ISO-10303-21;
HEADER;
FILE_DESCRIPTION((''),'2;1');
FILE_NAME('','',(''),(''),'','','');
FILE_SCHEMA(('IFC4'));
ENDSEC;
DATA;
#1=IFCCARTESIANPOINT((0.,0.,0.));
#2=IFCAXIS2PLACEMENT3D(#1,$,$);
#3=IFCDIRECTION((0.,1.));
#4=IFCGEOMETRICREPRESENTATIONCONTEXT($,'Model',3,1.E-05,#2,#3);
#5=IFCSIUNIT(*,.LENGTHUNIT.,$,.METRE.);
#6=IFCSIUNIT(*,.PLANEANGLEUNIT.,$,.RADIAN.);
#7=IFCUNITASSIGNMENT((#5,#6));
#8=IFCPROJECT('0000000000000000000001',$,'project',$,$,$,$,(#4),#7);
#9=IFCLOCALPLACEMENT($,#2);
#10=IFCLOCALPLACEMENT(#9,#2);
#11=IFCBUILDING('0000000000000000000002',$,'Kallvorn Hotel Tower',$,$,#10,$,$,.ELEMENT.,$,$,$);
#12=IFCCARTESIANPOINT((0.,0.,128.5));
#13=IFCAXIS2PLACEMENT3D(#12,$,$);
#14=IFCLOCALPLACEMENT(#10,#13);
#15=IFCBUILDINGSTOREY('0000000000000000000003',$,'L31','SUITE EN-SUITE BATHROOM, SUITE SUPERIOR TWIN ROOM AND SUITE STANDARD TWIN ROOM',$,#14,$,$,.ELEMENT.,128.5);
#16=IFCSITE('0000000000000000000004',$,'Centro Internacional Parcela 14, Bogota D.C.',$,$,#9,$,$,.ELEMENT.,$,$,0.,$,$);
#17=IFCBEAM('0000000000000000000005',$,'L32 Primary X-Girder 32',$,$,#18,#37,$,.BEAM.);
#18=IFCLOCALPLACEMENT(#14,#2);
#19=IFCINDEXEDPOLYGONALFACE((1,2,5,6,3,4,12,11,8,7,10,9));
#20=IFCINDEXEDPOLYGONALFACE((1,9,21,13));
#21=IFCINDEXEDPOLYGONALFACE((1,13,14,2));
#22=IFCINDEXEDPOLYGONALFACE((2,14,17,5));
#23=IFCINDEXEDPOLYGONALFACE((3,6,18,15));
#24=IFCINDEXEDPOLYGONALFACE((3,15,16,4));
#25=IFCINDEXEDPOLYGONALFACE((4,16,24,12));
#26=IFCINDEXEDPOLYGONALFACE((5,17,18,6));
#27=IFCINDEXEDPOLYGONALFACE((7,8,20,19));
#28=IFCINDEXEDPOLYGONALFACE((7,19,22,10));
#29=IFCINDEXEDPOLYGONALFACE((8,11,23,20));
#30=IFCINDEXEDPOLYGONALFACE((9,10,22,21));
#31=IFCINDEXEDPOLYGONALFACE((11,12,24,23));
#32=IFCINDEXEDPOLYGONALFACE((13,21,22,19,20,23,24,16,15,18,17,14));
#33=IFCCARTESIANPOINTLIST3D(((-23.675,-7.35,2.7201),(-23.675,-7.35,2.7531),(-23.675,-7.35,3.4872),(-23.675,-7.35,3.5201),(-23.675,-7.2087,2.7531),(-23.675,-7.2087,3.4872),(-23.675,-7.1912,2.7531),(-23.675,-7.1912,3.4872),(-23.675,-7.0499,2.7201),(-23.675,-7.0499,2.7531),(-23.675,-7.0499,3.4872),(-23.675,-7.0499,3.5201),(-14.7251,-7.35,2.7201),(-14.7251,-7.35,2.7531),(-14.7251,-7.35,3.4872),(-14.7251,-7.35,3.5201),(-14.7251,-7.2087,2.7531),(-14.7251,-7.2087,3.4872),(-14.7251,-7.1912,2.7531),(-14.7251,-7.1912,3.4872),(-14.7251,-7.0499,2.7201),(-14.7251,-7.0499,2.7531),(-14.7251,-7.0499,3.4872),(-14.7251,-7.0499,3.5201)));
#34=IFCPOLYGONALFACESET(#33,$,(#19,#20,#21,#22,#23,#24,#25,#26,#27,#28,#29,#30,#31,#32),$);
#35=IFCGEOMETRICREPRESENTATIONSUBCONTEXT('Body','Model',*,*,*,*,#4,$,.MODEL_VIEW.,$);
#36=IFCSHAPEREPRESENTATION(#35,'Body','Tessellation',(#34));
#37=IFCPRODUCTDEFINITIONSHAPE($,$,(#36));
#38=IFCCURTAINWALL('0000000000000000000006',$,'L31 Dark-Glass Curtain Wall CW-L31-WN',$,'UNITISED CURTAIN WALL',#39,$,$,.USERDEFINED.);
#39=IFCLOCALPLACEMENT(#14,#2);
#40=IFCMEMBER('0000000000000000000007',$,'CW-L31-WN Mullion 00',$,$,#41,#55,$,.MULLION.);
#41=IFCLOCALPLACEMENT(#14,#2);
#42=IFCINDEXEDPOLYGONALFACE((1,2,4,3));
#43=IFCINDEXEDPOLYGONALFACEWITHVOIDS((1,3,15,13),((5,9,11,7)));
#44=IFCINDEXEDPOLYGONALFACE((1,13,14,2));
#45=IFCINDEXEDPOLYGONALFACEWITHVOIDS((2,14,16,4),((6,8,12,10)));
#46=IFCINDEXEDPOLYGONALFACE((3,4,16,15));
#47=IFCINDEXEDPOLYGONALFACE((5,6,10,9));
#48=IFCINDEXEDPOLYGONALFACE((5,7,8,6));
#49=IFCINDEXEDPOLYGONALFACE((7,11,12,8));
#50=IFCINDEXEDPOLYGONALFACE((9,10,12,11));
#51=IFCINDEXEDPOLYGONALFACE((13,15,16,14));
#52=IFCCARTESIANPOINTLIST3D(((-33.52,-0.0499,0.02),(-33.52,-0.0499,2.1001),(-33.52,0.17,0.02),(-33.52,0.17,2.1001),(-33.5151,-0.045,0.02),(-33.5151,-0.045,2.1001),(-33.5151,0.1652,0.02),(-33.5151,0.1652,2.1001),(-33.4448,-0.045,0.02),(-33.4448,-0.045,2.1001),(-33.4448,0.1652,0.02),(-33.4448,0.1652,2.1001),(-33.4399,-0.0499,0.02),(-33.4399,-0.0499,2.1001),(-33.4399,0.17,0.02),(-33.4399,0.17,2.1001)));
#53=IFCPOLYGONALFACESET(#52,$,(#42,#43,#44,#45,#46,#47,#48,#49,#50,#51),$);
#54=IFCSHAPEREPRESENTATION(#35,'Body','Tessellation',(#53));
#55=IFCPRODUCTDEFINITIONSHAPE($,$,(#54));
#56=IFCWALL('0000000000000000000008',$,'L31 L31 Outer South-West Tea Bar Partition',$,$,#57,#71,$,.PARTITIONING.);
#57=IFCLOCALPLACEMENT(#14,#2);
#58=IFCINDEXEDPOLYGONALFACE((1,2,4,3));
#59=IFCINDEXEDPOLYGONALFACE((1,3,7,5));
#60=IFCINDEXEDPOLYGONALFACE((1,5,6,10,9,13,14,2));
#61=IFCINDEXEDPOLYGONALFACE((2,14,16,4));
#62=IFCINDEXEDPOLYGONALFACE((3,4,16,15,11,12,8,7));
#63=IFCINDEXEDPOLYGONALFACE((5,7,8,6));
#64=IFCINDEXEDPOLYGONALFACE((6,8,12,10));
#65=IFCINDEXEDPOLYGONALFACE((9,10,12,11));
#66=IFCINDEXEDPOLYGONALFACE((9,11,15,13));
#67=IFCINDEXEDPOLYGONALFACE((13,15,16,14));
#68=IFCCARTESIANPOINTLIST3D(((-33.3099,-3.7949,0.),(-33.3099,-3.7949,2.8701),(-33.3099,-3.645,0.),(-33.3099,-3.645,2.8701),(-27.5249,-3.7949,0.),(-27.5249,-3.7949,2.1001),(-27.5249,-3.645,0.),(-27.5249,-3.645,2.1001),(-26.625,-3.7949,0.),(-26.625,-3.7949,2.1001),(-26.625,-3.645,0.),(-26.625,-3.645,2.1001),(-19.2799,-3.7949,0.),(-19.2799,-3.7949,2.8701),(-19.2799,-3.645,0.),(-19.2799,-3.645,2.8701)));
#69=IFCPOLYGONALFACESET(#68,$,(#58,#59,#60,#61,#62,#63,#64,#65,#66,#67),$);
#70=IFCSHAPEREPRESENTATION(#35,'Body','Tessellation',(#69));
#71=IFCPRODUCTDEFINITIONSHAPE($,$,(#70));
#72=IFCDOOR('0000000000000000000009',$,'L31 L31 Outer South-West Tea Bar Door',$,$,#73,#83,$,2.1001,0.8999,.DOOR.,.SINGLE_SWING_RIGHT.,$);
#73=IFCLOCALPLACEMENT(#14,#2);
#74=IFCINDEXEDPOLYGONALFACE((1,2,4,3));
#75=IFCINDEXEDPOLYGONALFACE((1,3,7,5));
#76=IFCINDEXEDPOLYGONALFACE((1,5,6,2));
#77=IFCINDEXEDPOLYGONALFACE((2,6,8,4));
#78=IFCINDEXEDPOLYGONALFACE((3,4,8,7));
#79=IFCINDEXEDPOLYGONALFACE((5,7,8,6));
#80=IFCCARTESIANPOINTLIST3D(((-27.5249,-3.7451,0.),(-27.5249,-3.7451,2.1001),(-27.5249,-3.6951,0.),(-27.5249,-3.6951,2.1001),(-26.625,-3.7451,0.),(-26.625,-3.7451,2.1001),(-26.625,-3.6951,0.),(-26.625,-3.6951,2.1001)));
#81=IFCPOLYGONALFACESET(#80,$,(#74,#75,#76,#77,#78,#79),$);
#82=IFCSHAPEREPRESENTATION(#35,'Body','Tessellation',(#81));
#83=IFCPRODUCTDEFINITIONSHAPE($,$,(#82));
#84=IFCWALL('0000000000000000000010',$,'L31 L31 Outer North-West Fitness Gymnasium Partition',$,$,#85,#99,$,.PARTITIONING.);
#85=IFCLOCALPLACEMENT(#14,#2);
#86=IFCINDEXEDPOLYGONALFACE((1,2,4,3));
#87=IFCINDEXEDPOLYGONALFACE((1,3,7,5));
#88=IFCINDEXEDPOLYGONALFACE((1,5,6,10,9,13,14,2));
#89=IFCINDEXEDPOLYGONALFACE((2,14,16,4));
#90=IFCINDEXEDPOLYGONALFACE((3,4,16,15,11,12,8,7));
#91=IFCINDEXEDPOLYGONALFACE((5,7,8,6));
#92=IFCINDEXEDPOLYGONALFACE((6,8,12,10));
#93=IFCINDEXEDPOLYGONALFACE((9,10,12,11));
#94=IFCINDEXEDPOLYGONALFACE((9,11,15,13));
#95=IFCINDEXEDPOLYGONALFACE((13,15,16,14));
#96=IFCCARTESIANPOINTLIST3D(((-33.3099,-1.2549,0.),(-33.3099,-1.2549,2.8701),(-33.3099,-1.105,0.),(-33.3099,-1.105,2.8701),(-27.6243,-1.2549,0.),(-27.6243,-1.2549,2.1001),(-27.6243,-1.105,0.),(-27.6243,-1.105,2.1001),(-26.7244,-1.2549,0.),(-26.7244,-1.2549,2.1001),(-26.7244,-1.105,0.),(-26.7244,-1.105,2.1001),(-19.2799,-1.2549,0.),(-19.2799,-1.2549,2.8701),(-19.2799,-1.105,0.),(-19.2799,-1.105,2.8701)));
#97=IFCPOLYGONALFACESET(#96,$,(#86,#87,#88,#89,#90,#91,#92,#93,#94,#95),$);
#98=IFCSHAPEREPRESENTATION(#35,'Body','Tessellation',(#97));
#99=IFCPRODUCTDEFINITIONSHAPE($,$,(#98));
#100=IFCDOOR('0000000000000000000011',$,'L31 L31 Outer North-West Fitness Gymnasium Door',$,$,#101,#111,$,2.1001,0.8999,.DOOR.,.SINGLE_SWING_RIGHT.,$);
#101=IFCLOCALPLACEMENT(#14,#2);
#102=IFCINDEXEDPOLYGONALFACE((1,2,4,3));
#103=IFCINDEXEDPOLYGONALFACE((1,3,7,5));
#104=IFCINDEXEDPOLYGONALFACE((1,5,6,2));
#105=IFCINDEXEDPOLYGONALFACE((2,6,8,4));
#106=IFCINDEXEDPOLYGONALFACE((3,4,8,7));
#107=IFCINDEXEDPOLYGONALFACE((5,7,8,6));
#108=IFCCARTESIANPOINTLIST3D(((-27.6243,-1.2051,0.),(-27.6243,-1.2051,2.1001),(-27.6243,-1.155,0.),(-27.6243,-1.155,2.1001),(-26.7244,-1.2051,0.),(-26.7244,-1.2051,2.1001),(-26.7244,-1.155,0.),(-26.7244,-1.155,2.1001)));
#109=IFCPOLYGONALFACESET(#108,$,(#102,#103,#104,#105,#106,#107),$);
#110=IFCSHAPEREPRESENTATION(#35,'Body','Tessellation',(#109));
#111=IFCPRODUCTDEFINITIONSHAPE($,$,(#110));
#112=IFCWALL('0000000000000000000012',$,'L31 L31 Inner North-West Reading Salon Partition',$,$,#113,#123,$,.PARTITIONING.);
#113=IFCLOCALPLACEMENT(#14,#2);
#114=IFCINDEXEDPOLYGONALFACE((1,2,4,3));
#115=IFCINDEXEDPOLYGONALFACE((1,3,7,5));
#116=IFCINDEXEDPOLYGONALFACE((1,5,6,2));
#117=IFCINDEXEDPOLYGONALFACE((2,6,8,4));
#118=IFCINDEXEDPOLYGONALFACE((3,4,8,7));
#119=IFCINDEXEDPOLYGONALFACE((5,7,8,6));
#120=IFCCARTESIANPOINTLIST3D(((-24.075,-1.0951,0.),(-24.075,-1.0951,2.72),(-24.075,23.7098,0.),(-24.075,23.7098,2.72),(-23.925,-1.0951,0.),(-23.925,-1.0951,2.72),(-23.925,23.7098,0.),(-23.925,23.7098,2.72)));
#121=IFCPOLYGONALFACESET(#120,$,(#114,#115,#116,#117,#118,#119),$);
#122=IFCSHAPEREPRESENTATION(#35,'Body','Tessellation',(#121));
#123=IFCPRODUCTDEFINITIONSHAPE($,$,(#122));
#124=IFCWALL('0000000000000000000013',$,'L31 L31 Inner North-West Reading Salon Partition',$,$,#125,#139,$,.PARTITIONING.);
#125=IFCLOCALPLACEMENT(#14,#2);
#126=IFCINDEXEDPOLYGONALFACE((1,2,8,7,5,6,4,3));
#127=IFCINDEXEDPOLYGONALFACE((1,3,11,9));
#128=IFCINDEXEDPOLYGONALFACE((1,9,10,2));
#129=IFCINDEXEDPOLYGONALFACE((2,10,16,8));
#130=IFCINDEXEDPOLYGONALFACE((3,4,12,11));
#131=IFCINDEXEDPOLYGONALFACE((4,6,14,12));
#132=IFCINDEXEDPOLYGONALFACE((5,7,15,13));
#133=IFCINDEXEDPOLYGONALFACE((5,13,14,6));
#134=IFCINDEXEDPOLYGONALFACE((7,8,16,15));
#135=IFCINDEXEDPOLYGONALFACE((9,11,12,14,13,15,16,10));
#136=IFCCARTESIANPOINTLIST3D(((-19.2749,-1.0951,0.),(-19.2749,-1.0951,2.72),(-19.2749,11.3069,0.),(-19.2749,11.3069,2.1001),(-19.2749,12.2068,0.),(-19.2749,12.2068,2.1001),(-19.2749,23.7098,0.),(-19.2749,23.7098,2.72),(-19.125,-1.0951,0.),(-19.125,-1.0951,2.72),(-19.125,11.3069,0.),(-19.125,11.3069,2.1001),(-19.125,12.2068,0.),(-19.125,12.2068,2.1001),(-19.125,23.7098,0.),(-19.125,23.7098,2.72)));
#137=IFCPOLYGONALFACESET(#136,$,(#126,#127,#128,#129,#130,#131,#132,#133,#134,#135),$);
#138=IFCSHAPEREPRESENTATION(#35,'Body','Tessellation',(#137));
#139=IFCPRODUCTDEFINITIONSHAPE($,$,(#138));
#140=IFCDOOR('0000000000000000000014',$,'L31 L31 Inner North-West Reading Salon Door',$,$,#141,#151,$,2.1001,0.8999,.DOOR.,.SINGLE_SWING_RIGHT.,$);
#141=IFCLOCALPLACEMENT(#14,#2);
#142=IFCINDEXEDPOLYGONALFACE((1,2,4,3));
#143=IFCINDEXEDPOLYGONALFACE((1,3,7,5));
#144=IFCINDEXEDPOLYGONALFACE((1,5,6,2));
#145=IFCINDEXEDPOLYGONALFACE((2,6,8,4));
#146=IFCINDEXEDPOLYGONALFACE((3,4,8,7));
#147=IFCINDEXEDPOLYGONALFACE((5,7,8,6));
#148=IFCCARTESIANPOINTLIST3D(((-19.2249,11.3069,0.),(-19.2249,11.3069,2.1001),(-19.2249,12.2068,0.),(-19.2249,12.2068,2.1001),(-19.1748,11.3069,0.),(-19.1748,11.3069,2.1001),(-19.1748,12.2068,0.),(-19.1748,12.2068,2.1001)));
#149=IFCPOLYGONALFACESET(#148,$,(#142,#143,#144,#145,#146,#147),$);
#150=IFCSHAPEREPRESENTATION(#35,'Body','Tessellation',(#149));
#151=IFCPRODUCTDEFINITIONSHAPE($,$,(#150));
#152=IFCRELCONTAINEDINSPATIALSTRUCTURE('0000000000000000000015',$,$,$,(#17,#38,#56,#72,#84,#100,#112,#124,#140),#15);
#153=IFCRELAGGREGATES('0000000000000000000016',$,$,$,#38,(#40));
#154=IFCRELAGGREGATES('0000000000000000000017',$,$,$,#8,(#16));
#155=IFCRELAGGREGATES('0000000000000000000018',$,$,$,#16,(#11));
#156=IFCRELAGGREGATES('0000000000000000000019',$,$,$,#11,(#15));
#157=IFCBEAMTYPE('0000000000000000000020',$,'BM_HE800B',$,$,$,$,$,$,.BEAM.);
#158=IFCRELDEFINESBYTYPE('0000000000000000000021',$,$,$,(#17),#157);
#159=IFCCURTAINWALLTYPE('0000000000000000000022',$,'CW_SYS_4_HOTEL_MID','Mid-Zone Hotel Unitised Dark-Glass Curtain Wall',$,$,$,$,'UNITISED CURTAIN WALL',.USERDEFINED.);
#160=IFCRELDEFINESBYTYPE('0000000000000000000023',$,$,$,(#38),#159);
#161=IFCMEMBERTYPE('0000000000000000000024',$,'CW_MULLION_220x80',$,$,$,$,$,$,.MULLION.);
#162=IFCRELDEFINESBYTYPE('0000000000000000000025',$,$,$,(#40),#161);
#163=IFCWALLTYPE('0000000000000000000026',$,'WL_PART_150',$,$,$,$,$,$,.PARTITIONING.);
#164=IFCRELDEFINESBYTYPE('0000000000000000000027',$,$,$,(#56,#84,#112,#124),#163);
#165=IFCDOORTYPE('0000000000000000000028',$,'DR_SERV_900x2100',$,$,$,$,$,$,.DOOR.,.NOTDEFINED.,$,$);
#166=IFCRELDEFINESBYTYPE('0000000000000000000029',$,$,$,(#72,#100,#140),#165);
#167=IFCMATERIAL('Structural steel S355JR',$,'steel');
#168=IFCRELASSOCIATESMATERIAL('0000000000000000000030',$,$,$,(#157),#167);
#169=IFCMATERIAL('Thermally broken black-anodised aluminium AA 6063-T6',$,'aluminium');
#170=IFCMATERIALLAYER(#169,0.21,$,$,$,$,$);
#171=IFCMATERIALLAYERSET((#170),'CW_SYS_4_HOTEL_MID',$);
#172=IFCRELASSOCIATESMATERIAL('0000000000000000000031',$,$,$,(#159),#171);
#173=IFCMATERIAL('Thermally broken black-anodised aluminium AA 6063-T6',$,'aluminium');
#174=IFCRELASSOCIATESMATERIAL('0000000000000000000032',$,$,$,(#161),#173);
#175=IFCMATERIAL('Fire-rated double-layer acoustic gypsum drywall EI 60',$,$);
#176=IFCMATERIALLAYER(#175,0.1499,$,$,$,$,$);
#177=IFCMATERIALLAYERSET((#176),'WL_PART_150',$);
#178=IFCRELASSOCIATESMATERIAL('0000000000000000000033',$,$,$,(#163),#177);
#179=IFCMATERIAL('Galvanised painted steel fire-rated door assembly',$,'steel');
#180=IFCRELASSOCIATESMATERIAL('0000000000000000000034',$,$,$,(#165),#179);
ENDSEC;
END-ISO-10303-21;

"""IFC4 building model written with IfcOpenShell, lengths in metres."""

from ifc_helpers import new_model, si_unit, direction, frame, frame_2d, origin, origin_2d, place, context, subcontext, project, spatial, rectangle, hollow_rectangle, i_section, extrude, material, layer, layer_set, material_profile, profile_set, type_object, element, fill, aggregate, save


model = new_model("IFC4")

# Units and contexts
model_context = context("Model", 3, precision=1e-05, world=origin(), true_north=direction((0.0, 1.0)))
body_context = subcontext(model_context, "Body", "Model", "MODEL_VIEW")
ifc_project = project(units=[si_unit("LENGTHUNIT", "METRE"), si_unit("PLANEANGLEUNIT", "RADIAN")], contexts=[model_context])

# Site, building, storey
site_placement = place(None, origin())
site = spatial("IfcSite", under=ifc_project, at=site_placement, Name="Centro Internacional Parcela 14, Bogota D.C.", CompositionType="ELEMENT", RefElevation=0.0)
building_placement = place(site_placement, origin())
building = spatial("IfcBuilding", under=site, at=building_placement, Name="Kallvorn Hotel Tower", CompositionType="ELEMENT")
storey_placement = place(building_placement, frame((0.0, 0.0, 128.5)))
storey = spatial("IfcBuildingStorey", under=building, at=storey_placement, Name="L31", Description="SUITE EN-SUITE BATHROOM, SUITE SUPERIOR TWIN ROOM AND SUITE STANDARD TWIN ROOM", CompositionType="ELEMENT", Elevation=128.5)

# Beam
ifc_material_1 = material(Name="Structural steel S355JR", Category="steel")
ifc_material_profile_1 = material_profile(ifc_material_1, i_section(OverallWidth=0.3, OverallDepth=0.8, WebThickness=0.0176, FlangeThickness=0.033, at=origin_2d()), Name="HE 800 B")
ifc_profile_set_1 = profile_set([ifc_material_profile_1], Name="Structural steel S355JR")
beam_type_1 = type_object("IfcBeamType", Name="BM_HE800B", PredefinedType="BEAM", material=ifc_profile_set_1)
beam_1_placement = place(storey_placement, frame((-23.675, -7.2, 3.1201), z_axis=(1.0, 0.0, 0.0), x_axis=(0.0, 1.0, 0.0)))
element("IfcBeam", 1, at=beam_1_placement, inside=storey, type_object=beam_type_1, Name="L32 Primary X-Girder 32", PredefinedType="BEAM", context=body_context, shape_type="SweptSolid", body=[
    extrude(i_section(OverallWidth=0.3, OverallDepth=0.8, WebThickness=0.0176, FlangeThickness=0.033, at=origin_2d()), origin(), (0.0, 0.0, 1.0), 8.95),
])

# Curtain wall, member
ifc_material_2 = material(Name="Thermally broken black-anodised aluminium AA 6063-T6", Category="aluminium")
ifc_layer_1 = layer(ifc_material_2, 0.21)
ifc_layer_set_1 = layer_set([ifc_layer_1], Name="CW_SYS_4_HOTEL_MID")
curtain_wall_type = type_object("IfcCurtainWallType", Name="CW_SYS_4_HOTEL_MID", Description="Mid-Zone Hotel Unitised Dark-Glass Curtain Wall", ElementType="UNITISED CURTAIN WALL", PredefinedType="USERDEFINED", material=ifc_layer_set_1)
curtain_wall_placement = place(storey_placement, origin())
curtain_wall = element("IfcCurtainWall", 2, at=curtain_wall_placement, inside=storey, type_object=curtain_wall_type, Name="L31 Dark-Glass Curtain Wall CW-L31-WN", ObjectType="UNITISED CURTAIN WALL", PredefinedType="USERDEFINED")
ifc_material_3 = material(Name="Thermally broken black-anodised aluminium AA 6063-T6", Category="aluminium")
ifc_material_profile_2 = material_profile(ifc_material_3, hollow_rectangle(XDim=0.0801, YDim=0.22, WallThickness=0.0049, at=origin_2d()), Name="MUL 220x80")
ifc_profile_set_2 = profile_set([ifc_material_profile_2], Name="Thermally broken black-anodised aluminium AA 6063-T6")
member_type = type_object("IfcMemberType", Name="CW_MULLION_220x80", PredefinedType="MULLION", material=ifc_profile_set_2)
member_placement = place(storey_placement, frame((-33.48, 0.0601, 0.02), z_axis=(0.0, 0.0, 1.0), x_axis=(1.0, 0.0, 0.0)))
member = element("IfcMember", 3, at=member_placement, type_object=member_type, Name="CW-L31-WN Mullion 00", PredefinedType="MULLION", context=body_context, shape_type="SweptSolid", body=[
    extrude(hollow_rectangle(XDim=0.0801, YDim=0.22, WallThickness=0.0049, at=origin_2d()), origin(), (0.0, 0.0, 1.0), 2.0801),
])
aggregate(curtain_wall, [member])

# Walls, openings, doors
ifc_material_4 = material(Name="Fire-rated double-layer acoustic gypsum drywall EI 60")
ifc_layer_2 = layer(ifc_material_4, 0.1499)
ifc_layer_set_2 = layer_set([ifc_layer_2], Name="WL_PART_150")
wall_type = type_object("IfcWallType", Name="WL_PART_150", PredefinedType="PARTITIONING", material=ifc_layer_set_2)
wall_1_placement = place(storey_placement, frame((-33.3101, -3.72, 0.0), z_axis=(0.0, 0.0, 1.0), x_axis=(1.0, 0.0, 0.0)))
wall_1 = element("IfcWall", 4, at=wall_1_placement, inside=storey, type_object=wall_type, Name="L31 L31 Outer South-West Tea Bar Partition", PredefinedType="PARTITIONING", context=body_context, shape_type="SweptSolid", body=[
    extrude(rectangle(XDim=14.03, YDim=0.1499, at=frame_2d((7.0151, 0.0))), origin(), (0.0, 0.0, 1.0), 2.8701),
])
opening_1_placement = place(wall_1_placement, frame((5.7852, 0.0, 0.0)))
opening_1 = element("IfcOpeningElement", 5, at=opening_1_placement, cuts=wall_1, PredefinedType="OPENING", context=body_context, shape_type="SweptSolid", body=[
    extrude(rectangle(XDim=0.8999, YDim=2.1001, at=frame_2d((0.45, 1.05))), frame((0.0, 0.0898, 0.0), z_axis=(0.0, -1.0, 0.0), x_axis=(1.0, 0.0, 0.0)), (0.0, 0.0, 1.0), 0.1799),
])
ifc_material_5 = material(Name="Galvanised painted steel fire-rated door assembly", Category="steel")
door_type = type_object("IfcDoorType", Name="DR_SERV_900x2100", OperationType="NOTDEFINED", PredefinedType="DOOR", material=ifc_material_5)
door_1_placement = place(opening_1_placement, origin())
door_1 = element("IfcDoor", 6, at=door_1_placement, inside=storey, type_object=door_type, Name="L31 L31 Outer South-West Tea Bar Door", OperationType="SINGLE_SWING_RIGHT", OverallHeight=2.1001, OverallWidth=0.8999, PredefinedType="DOOR", context=body_context, shape_type="SweptSolid", body=[
    extrude(rectangle(XDim=0.8999, YDim=2.1001, at=frame_2d((0.45, 1.05))), frame((0.0, 0.0249, 0.0), z_axis=(0.0, -1.0, 0.0), x_axis=(1.0, 0.0, 0.0)), (0.0, 0.0, 1.0), 0.05),
])
fill(opening_1, door_1)
wall_2_placement = place(storey_placement, frame((-33.3101, -1.1799, 0.0), z_axis=(0.0, 0.0, 1.0), x_axis=(1.0, 0.0, 0.0)))
wall_2 = element("IfcWall", 7, at=wall_2_placement, inside=storey, type_object=wall_type, Name="L31 L31 Outer North-West Fitness Gymnasium Partition", PredefinedType="PARTITIONING", context=body_context, shape_type="SweptSolid", body=[
    extrude(rectangle(XDim=14.03, YDim=0.1499, at=frame_2d((7.0151, 0.0))), origin(), (0.0, 0.0, 1.0), 2.8701),
])
opening_2_placement = place(wall_2_placement, frame((5.6858, 0.0, 0.0)))
opening_2 = element("IfcOpeningElement", 8, at=opening_2_placement, cuts=wall_2, PredefinedType="OPENING", context=body_context, shape_type="SweptSolid", body=[
    extrude(rectangle(XDim=0.8999, YDim=2.1001, at=frame_2d((0.45, 1.05))), frame((0.0, 0.0898, 0.0), z_axis=(0.0, -1.0, 0.0), x_axis=(1.0, 0.0, 0.0)), (0.0, 0.0, 1.0), 0.1799),
])
door_2_placement = place(opening_2_placement, origin())
door_2 = element("IfcDoor", 9, at=door_2_placement, inside=storey, type_object=door_type, Name="L31 L31 Outer North-West Fitness Gymnasium Door", OperationType="SINGLE_SWING_RIGHT", OverallHeight=2.1001, OverallWidth=0.8999, PredefinedType="DOOR", context=body_context, shape_type="SweptSolid", body=[
    extrude(rectangle(XDim=0.8999, YDim=2.1001, at=frame_2d((0.45, 1.05))), frame((0.0, 0.0249, 0.0), z_axis=(0.0, -1.0, 0.0), x_axis=(1.0, 0.0, 0.0)), (0.0, 0.0, 1.0), 0.05),
])
fill(opening_2, door_2)

# Wall
wall_3_placement = place(storey_placement, frame((-24.0, -1.095, 0.0), z_axis=(0.0, 0.0, 1.0), x_axis=(0.0, 1.0, 0.0)))
element("IfcWall", 10, at=wall_3_placement, inside=storey, type_object=wall_type, Name="L31 L31 Inner North-West Reading Salon Partition", PredefinedType="PARTITIONING", context=body_context, shape_type="SweptSolid", body=[
    extrude(rectangle(XDim=24.8049, YDim=0.1499, at=frame_2d((12.4023, 0.0))), origin(), (0.0, 0.0, 1.0), 2.72),
])

# Wall, opening, door
wall_4_placement = place(storey_placement, frame((-19.2, -1.095, 0.0), z_axis=(0.0, 0.0, 1.0), x_axis=(0.0, 1.0, 0.0)))
wall_4 = element("IfcWall", 11, at=wall_4_placement, inside=storey, type_object=wall_type, Name="L31 L31 Inner North-West Reading Salon Partition", PredefinedType="PARTITIONING", context=body_context, shape_type="SweptSolid", body=[
    extrude(rectangle(XDim=24.8049, YDim=0.1499, at=frame_2d((12.4023, 0.0))), origin(), (0.0, 0.0, 1.0), 2.72),
])
opening_3_placement = place(wall_4_placement, frame((12.4019, 0.0, 0.0)))
opening_3 = element("IfcOpeningElement", 12, at=opening_3_placement, cuts=wall_4, PredefinedType="OPENING", context=body_context, shape_type="SweptSolid", body=[
    extrude(rectangle(XDim=0.8999, YDim=2.1001, at=frame_2d((0.45, 1.05))), frame((0.0, 0.0898, 0.0), z_axis=(0.0, -1.0, 0.0), x_axis=(1.0, 0.0, 0.0)), (0.0, 0.0, 1.0), 0.1799),
])
door_3_placement = place(opening_3_placement, origin())
door_3 = element("IfcDoor", 13, at=door_3_placement, inside=storey, type_object=door_type, Name="L31 L31 Inner North-West Reading Salon Door", OperationType="SINGLE_SWING_RIGHT", OverallHeight=2.1001, OverallWidth=0.8999, PredefinedType="DOOR", context=body_context, shape_type="SweptSolid", body=[
    extrude(rectangle(XDim=0.8999, YDim=2.1001, at=frame_2d((0.45, 1.05))), frame((0.0, 0.0249, 0.0), z_axis=(0.0, -1.0, 0.0), x_axis=(1.0, 0.0, 0.0)), (0.0, 0.0, 1.0), 0.05),
])
fill(opening_3, door_3)

save(model, "model.ifc")
